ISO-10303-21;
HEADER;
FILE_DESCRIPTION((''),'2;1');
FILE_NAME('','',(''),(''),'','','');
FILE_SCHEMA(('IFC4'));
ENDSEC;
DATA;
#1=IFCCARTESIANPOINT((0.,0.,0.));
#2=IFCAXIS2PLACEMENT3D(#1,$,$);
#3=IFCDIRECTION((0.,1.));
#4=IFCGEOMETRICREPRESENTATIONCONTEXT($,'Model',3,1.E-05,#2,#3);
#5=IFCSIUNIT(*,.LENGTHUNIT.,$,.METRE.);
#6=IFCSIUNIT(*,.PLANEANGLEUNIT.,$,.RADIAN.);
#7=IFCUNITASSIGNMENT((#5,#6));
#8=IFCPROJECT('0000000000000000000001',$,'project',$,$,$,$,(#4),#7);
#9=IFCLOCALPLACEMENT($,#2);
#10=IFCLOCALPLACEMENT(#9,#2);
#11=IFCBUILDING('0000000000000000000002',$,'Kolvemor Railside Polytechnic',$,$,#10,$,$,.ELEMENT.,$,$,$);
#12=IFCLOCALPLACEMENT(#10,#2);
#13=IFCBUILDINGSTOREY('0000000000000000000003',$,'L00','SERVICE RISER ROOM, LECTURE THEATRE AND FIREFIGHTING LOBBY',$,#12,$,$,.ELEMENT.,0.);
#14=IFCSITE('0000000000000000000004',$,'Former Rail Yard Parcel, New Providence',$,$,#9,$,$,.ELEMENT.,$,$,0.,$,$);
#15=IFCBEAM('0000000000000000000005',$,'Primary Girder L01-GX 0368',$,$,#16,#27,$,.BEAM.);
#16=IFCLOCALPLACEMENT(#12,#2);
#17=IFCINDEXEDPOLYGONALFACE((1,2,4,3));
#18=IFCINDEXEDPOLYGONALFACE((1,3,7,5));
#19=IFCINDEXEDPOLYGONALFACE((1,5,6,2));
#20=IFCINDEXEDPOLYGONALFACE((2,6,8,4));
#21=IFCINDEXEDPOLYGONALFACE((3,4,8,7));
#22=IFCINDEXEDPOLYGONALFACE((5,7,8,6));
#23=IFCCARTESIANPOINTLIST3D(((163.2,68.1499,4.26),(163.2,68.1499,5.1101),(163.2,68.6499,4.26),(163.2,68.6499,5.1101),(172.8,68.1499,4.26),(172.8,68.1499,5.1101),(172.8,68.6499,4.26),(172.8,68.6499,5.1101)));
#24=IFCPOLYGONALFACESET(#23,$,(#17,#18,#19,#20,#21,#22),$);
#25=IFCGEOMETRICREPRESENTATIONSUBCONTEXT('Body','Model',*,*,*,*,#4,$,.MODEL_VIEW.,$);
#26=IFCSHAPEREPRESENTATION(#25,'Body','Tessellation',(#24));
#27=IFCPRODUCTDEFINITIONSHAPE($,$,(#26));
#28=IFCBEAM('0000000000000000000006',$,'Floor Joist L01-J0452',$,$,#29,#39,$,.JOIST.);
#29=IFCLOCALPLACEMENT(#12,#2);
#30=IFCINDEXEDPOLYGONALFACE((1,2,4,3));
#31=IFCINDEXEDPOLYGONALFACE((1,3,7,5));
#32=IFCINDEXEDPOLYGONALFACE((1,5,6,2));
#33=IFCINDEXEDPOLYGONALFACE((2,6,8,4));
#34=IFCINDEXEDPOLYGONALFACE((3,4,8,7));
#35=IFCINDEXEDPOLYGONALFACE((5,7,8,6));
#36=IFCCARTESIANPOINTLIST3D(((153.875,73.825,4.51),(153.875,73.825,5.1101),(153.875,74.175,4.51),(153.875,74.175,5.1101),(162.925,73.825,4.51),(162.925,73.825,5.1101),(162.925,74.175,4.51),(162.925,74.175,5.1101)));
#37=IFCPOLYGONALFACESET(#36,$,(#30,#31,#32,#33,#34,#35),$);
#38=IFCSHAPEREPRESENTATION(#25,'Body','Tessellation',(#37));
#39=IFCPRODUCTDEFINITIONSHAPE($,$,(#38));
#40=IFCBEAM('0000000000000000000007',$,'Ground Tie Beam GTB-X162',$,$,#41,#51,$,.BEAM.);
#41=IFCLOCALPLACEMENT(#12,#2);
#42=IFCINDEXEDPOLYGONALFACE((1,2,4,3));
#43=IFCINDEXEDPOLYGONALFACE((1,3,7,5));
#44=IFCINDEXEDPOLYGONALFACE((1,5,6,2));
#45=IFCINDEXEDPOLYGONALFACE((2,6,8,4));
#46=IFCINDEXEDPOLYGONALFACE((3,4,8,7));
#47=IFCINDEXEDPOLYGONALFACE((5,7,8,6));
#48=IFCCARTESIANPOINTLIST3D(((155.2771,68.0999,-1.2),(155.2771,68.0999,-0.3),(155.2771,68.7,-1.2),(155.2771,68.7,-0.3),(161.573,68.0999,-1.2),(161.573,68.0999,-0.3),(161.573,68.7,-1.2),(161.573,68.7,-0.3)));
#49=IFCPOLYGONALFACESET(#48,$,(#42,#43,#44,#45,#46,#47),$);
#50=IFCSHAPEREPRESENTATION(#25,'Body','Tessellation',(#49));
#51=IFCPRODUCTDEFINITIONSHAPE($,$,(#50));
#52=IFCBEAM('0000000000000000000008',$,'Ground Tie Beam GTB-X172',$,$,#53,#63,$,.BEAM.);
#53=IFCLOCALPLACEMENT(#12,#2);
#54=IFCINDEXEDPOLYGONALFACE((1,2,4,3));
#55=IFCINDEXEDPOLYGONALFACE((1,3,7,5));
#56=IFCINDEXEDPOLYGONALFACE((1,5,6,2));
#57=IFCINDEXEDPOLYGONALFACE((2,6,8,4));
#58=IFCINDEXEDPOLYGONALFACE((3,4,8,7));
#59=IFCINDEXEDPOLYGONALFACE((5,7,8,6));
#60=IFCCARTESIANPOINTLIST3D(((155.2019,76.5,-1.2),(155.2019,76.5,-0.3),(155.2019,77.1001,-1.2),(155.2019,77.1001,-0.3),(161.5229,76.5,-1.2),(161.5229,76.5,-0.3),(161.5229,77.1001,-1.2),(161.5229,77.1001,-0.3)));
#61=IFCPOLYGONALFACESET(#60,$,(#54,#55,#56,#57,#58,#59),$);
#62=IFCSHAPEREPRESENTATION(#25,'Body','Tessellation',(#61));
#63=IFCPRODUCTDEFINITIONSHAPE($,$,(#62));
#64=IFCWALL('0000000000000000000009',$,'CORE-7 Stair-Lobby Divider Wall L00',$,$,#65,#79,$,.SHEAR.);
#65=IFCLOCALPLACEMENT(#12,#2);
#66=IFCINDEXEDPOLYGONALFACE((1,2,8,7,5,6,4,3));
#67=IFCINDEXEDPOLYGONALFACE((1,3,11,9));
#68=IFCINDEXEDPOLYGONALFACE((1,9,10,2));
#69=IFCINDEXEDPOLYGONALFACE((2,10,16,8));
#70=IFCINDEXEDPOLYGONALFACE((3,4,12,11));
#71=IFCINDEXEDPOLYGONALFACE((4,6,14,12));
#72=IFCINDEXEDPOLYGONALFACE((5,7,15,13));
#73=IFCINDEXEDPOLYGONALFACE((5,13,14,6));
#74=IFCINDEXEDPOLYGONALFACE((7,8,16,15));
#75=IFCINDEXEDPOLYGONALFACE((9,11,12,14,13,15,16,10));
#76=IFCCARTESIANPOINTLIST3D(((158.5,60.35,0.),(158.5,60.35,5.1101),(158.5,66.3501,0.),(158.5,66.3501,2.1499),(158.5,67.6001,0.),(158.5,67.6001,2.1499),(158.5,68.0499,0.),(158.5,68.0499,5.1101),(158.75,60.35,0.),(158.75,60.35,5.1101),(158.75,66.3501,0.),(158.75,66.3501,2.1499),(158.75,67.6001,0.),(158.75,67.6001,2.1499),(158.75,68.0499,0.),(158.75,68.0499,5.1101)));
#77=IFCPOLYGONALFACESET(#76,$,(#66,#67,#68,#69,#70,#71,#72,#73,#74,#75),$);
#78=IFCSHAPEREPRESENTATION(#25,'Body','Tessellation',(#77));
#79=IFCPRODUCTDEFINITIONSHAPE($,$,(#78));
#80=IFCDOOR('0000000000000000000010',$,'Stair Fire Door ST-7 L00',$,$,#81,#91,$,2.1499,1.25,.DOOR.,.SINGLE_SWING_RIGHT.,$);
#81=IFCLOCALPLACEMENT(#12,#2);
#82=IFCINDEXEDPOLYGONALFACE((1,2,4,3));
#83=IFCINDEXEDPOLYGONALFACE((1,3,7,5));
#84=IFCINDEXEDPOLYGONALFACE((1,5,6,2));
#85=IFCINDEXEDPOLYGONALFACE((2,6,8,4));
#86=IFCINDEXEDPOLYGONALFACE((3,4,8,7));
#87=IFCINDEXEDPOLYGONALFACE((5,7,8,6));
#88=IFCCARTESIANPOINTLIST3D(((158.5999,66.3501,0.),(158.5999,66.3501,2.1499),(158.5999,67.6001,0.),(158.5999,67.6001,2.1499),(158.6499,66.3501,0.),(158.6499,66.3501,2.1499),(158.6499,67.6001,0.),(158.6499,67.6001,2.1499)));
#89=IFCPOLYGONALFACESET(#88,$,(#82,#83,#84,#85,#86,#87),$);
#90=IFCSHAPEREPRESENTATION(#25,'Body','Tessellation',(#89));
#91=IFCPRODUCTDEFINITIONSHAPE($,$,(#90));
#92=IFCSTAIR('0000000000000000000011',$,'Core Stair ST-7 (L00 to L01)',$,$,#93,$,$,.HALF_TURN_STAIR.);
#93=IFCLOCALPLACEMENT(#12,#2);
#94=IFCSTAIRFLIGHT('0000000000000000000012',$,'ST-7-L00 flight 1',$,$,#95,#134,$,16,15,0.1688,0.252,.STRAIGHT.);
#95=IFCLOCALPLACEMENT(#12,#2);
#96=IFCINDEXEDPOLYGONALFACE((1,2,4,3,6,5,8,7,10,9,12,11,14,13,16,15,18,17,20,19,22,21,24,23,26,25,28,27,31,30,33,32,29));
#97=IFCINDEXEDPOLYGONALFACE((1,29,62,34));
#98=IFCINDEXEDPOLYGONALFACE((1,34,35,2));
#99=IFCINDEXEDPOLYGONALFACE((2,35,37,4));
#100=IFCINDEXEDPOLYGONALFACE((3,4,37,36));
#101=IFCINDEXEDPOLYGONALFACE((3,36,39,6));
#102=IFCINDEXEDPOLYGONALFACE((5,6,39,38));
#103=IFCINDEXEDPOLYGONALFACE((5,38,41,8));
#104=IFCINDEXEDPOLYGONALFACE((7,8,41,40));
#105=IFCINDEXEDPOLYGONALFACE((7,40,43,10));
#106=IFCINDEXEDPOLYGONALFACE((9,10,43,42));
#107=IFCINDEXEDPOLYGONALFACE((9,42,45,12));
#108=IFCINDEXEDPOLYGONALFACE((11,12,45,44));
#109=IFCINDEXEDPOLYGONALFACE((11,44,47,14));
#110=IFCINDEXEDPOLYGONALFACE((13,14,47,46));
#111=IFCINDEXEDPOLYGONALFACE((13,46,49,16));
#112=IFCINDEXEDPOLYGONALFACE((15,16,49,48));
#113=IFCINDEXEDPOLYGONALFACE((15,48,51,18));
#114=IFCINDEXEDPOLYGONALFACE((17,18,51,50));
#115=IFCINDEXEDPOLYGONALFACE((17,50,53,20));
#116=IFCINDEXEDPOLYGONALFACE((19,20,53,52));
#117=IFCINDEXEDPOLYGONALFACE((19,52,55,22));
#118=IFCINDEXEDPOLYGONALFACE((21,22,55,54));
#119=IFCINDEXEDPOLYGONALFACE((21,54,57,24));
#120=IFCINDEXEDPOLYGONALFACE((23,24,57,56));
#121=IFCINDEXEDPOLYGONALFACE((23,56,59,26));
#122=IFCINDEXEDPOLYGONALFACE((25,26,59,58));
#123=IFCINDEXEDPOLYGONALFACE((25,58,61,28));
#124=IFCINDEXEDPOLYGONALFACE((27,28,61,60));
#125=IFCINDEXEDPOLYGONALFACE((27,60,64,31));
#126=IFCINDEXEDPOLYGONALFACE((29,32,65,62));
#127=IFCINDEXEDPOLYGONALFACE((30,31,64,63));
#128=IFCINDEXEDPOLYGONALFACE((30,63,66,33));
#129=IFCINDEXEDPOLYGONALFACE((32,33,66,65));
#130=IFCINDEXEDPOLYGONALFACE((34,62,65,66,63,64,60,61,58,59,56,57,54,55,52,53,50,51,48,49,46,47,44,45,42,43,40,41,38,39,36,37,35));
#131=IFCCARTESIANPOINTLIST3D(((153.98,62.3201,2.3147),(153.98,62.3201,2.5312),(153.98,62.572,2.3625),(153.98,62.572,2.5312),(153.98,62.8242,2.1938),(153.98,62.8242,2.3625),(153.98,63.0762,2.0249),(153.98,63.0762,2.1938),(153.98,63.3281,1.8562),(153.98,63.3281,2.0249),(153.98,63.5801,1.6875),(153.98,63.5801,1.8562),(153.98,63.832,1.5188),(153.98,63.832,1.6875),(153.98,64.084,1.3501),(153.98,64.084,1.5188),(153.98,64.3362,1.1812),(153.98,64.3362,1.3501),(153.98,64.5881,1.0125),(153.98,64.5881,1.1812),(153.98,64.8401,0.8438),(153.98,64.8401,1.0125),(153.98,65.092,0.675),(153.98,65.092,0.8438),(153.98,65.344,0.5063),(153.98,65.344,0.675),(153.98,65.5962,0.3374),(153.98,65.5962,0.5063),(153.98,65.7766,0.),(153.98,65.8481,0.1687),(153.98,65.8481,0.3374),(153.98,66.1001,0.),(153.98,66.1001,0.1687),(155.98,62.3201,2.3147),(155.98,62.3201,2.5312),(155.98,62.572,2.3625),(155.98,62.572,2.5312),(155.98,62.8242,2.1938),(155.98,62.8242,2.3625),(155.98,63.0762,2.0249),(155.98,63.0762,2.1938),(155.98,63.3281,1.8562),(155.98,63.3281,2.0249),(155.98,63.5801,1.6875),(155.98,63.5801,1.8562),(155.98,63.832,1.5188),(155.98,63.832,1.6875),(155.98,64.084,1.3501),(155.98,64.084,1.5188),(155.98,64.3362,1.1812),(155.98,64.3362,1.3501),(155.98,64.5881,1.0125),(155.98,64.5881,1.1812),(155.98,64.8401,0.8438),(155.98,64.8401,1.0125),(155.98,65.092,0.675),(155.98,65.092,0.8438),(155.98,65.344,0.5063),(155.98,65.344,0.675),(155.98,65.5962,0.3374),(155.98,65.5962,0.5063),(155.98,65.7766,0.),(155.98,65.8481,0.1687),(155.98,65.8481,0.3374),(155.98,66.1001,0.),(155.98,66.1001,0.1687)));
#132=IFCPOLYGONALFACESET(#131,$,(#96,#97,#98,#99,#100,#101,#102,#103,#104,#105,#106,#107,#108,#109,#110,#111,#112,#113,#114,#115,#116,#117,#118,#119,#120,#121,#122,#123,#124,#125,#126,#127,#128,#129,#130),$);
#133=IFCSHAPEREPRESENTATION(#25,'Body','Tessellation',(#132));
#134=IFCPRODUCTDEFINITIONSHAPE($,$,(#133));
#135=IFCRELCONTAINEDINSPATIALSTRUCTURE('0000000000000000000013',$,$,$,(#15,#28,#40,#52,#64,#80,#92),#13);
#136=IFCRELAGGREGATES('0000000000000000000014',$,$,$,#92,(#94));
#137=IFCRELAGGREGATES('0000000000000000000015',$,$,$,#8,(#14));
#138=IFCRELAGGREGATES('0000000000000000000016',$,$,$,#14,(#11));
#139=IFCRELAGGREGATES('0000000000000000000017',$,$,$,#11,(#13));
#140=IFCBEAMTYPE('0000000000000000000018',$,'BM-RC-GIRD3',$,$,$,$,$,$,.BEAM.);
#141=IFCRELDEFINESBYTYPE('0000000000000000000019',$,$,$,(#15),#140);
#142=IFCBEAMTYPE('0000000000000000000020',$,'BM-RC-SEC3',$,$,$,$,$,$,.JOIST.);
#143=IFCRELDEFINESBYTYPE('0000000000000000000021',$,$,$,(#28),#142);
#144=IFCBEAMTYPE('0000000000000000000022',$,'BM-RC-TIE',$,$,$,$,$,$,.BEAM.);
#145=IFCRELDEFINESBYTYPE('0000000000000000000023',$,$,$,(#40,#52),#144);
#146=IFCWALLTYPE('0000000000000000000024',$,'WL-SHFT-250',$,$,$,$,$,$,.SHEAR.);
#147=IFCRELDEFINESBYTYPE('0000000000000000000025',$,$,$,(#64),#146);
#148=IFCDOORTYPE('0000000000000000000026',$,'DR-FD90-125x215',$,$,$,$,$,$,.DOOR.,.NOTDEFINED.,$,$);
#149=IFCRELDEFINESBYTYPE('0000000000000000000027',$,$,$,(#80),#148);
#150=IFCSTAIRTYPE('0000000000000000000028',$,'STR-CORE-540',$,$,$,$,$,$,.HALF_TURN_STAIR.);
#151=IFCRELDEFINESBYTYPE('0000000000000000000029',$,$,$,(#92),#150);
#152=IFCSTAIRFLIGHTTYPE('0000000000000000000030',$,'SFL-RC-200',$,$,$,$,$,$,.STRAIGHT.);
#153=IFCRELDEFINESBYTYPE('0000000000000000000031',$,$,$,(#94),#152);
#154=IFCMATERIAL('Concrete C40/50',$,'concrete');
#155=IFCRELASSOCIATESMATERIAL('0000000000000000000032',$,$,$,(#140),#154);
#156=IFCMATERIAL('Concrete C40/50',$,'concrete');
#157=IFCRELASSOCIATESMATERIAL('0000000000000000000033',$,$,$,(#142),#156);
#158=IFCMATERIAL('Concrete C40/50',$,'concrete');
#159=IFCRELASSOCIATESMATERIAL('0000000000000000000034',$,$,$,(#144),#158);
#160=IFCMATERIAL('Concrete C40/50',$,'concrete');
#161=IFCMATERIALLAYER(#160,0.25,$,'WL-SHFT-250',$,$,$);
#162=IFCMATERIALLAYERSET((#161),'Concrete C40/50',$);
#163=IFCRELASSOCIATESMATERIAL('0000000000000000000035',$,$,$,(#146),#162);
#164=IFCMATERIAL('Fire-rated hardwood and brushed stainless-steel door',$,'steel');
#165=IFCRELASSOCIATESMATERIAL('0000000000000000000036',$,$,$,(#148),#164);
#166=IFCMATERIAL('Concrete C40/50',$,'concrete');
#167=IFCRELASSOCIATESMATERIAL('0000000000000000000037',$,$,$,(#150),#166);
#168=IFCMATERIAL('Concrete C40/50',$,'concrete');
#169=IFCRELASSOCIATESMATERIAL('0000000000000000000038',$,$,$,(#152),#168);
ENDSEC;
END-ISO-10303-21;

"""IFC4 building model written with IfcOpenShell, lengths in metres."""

from ifc_helpers import new_model, si_unit, direction, frame, frame_2d, origin, origin_2d, place, context, subcontext, project, spatial, polyline, rectangle, outline, extrude, material, layer, layer_set, material_profile, profile_set, type_object, element, fill, aggregate, save


model = new_model("IFC4")

# Units and contexts
model_context = context("Model", 3, precision=1e-05, world=origin(), true_north=direction((0.0, 1.0)))
body_context = subcontext(model_context, "Body", "Model", "MODEL_VIEW")
ifc_project = project(units=[si_unit("LENGTHUNIT", "METRE"), si_unit("PLANEANGLEUNIT", "RADIAN")], contexts=[model_context])

# Site, building, storey
site_placement = place(None, origin())
site = spatial("IfcSite", under=ifc_project, at=site_placement, Name="Former Rail Yard Parcel, New Providence", CompositionType="ELEMENT", RefElevation=0.0)
building_placement = place(site_placement, origin())
building = spatial("IfcBuilding", under=site, at=building_placement, Name="Kolvemor Railside Polytechnic", CompositionType="ELEMENT")
storey_placement = place(building_placement, origin())
storey = spatial("IfcBuildingStorey", under=building, at=storey_placement, Name="L00", Description="SERVICE RISER ROOM, LECTURE THEATRE AND FIREFIGHTING LOBBY", CompositionType="ELEMENT", Elevation=0.0)

# Beams
ifc_material_1 = material(Name="Concrete C40/50", Category="concrete")
ifc_material_profile_1 = material_profile(ifc_material_1, rectangle(XDim=0.5, YDim=0.8501, at=origin_2d()), Name="RC500x850")
ifc_profile_set_1 = profile_set([ifc_material_profile_1], Name="Concrete C40/50")
beam_type_1 = type_object("IfcBeamType", Name="BM-RC-GIRD3", PredefinedType="BEAM", material=ifc_profile_set_1)
beam_1_placement = place(storey_placement, frame((163.2, 68.3999, 4.6851), z_axis=(1.0, 0.0, 0.0), x_axis=(0.0, 1.0, 0.0)))
element("IfcBeam", 1, at=beam_1_placement, inside=storey, type_object=beam_type_1, Name="Primary Girder L01-GX 0368", PredefinedType="BEAM", context=body_context, shape_type="SweptSolid", body=[
    extrude(rectangle(XDim=0.5, YDim=0.8501, at=origin_2d()), origin(), (0.0, 0.0, 1.0), 9.6001),
])
ifc_material_2 = material(Name="Concrete C40/50", Category="concrete")
ifc_material_profile_2 = material_profile(ifc_material_2, rectangle(XDim=0.3501, YDim=0.6001, at=origin_2d()), Name="RC350x600")
ifc_profile_set_2 = profile_set([ifc_material_profile_2], Name="Concrete C40/50")
beam_type_2 = type_object("IfcBeamType", Name="BM-RC-SEC3", PredefinedType="JOIST", material=ifc_profile_set_2)
beam_2_placement = place(storey_placement, frame((153.875, 74.0, 4.8101), z_axis=(1.0, 0.0, 0.0), x_axis=(0.0, 1.0, 0.0)))
element("IfcBeam", 2, at=beam_2_placement, inside=storey, type_object=beam_type_2, Name="Floor Joist L01-J0452", PredefinedType="JOIST", context=body_context, shape_type="SweptSolid", body=[
    extrude(rectangle(XDim=0.3501, YDim=0.6001, at=origin_2d()), origin(), (0.0, 0.0, 1.0), 9.05),
])
ifc_material_3 = material(Name="Concrete C40/50", Category="concrete")
ifc_material_profile_3 = material_profile(ifc_material_3, rectangle(XDim=0.6001, YDim=0.8999, at=origin_2d()), Name="RC600x900")
ifc_profile_set_3 = profile_set([ifc_material_profile_3], Name="Concrete C40/50")
beam_type_3 = type_object("IfcBeamType", Name="BM-RC-TIE", PredefinedType="BEAM", material=ifc_profile_set_3)
beam_3_placement = place(storey_placement, frame((155.2771, 68.3999, -0.75), z_axis=(1.0, 0.0, 0.0), x_axis=(0.0, 1.0, 0.0)))
element("IfcBeam", 3, at=beam_3_placement, inside=storey, type_object=beam_type_3, Name="Ground Tie Beam GTB-X162", PredefinedType="BEAM", context=body_context, shape_type="SweptSolid", body=[
    extrude(rectangle(XDim=0.6001, YDim=0.8999, at=origin_2d()), origin(), (0.0, 0.0, 1.0), 6.2959),
])
beam_4_placement = place(storey_placement, frame((155.2019, 76.8, -0.75), z_axis=(1.0, 0.0, 0.0), x_axis=(0.0, 1.0, 0.0)))
element("IfcBeam", 4, at=beam_4_placement, inside=storey, type_object=beam_type_3, Name="Ground Tie Beam GTB-X172", PredefinedType="BEAM", context=body_context, shape_type="SweptSolid", body=[
    extrude(rectangle(XDim=0.6001, YDim=0.8999, at=origin_2d()), origin(), (0.0, 0.0, 1.0), 6.321),
])

# Wall, opening, door
ifc_material_4 = material(Name="Concrete C40/50", Category="concrete")
ifc_layer = layer(ifc_material_4, 0.25, Name="WL-SHFT-250")
ifc_layer_set = layer_set([ifc_layer], Name="Concrete C40/50")
wall_type = type_object("IfcWallType", Name="WL-SHFT-250", PredefinedType="SHEAR", material=ifc_layer_set)
wall_1_placement = place(storey_placement, frame((158.625, 68.05, 0.0), z_axis=(0.0, 0.0, 1.0), x_axis=(0.0, -1.0, 0.0)))
wall_1 = element("IfcWall", 5, at=wall_1_placement, inside=storey, type_object=wall_type, Name="CORE-7 Stair-Lobby Divider Wall L00", PredefinedType="SHEAR", context=body_context, shape_type="SweptSolid", body=[
    extrude(rectangle(XDim=7.7, YDim=0.25, at=frame_2d((3.8501, 0.0))), origin(), (0.0, 0.0, 1.0), 5.1101),
])
opening_1_placement = place(wall_1_placement, frame((0.45, 0.0, 0.0)))
opening_1 = element("IfcOpeningElement", 6, at=opening_1_placement, cuts=wall_1, PredefinedType="OPENING", context=body_context, shape_type="SweptSolid", body=[
    extrude(rectangle(XDim=1.25, YDim=2.1499, at=frame_2d((0.625, 1.075))), frame((0.0, 0.135, 0.0), z_axis=(0.0, -1.0, 0.0), x_axis=(1.0, 0.0, 0.0)), (0.0, 0.0, 1.0), 0.27),
])
ifc_material_5 = material(Name="Fire-rated hardwood and brushed stainless-steel door", Category="steel")
door_type_1 = type_object("IfcDoorType", Name="DR-FD90-125x215", OperationType="NOTDEFINED", PredefinedType="DOOR", material=ifc_material_5)
door_1_placement = place(opening_1_placement, origin())
door_1 = element("IfcDoor", 7, at=door_1_placement, inside=storey, type_object=door_type_1, Name="Stair Fire Door ST-7 L00", OperationType="SINGLE_SWING_RIGHT", OverallHeight=2.1499, OverallWidth=1.25, PredefinedType="DOOR", context=body_context, shape_type="SweptSolid", body=[
    extrude(rectangle(XDim=1.25, YDim=2.1499, at=frame_2d((0.625, 1.075))), frame((0.0, 0.0249, 0.0), z_axis=(0.0, -1.0, 0.0), x_axis=(1.0, 0.0, 0.0)), (0.0, 0.0, 1.0), 0.05),
])
fill(opening_1, door_1)

# Stair, stair flight
ifc_material_6 = material(Name="Concrete C40/50", Category="concrete")
stair_type = type_object("IfcStairType", Name="STR-CORE-540", PredefinedType="HALF_TURN_STAIR", material=ifc_material_6)
stair_placement = place(storey_placement, origin())
stair = element("IfcStair", 8, at=stair_placement, inside=storey, type_object=stair_type, Name="Core Stair ST-7 (L00 to L01)", PredefinedType="HALF_TURN_STAIR")
ifc_material_7 = material(Name="Concrete C40/50", Category="concrete")
stair_flight_type = type_object("IfcStairFlightType", Name="SFL-RC-200", PredefinedType="STRAIGHT", material=ifc_material_7)
stair_flight_1_placement = place(storey_placement, frame((154.98, 66.1001, 0.0), z_axis=(0.0, 0.0, 1.0), x_axis=(0.0, -1.0, 0.0)))
stair_flight_1 = element("IfcStairFlight", 9, at=stair_flight_1_placement, type_object=stair_flight_type, Name="ST-7-L00 flight 1", NumberOfRisers=16, NumberOfTreads=15, PredefinedType="STRAIGHT", RiserHeight=0.1688, TreadLength=0.252, context=body_context, shape_type="SweptSolid", body=[
    extrude(outline(polyline([(0.0, 0.0), (0.0, 0.1687), (0.252, 0.1687), (0.252, 0.3374), (0.5039, 0.3374), (0.5039, 0.5063), (0.7561, 0.5063), (0.7561, 0.675), (1.0081, 0.675), (1.0081, 0.8438), (1.26, 0.8438), (1.26, 1.0125), (1.512, 1.0125), (1.512, 1.1812), (1.7639, 1.1812), (1.7639, 1.3501), (2.0161, 1.3501), (2.0161, 1.5188), (2.2681, 1.5188), (2.2681, 1.6875), (2.52, 1.6875), (2.52, 1.8562), (2.772, 1.8562), (2.772, 2.0249), (3.0239, 2.0249), (3.0239, 2.1938), (3.2759, 2.1938), (3.2759, 2.3625), (3.5281, 2.3625), (3.5281, 2.5312), (3.78, 2.5312), (3.78, 2.7), (3.78, 2.3147), (0.3235, 0.0), (0.0, 0.0)])), frame((0.0, 1.0, 0.0), z_axis=(0.0, -1.0, 0.0), x_axis=(1.0, 0.0, 0.0)), (0.0, 0.0, 1.0), 2.0),
])
aggregate(stair, [stair_flight_1])

save(model, "model.ifc")
